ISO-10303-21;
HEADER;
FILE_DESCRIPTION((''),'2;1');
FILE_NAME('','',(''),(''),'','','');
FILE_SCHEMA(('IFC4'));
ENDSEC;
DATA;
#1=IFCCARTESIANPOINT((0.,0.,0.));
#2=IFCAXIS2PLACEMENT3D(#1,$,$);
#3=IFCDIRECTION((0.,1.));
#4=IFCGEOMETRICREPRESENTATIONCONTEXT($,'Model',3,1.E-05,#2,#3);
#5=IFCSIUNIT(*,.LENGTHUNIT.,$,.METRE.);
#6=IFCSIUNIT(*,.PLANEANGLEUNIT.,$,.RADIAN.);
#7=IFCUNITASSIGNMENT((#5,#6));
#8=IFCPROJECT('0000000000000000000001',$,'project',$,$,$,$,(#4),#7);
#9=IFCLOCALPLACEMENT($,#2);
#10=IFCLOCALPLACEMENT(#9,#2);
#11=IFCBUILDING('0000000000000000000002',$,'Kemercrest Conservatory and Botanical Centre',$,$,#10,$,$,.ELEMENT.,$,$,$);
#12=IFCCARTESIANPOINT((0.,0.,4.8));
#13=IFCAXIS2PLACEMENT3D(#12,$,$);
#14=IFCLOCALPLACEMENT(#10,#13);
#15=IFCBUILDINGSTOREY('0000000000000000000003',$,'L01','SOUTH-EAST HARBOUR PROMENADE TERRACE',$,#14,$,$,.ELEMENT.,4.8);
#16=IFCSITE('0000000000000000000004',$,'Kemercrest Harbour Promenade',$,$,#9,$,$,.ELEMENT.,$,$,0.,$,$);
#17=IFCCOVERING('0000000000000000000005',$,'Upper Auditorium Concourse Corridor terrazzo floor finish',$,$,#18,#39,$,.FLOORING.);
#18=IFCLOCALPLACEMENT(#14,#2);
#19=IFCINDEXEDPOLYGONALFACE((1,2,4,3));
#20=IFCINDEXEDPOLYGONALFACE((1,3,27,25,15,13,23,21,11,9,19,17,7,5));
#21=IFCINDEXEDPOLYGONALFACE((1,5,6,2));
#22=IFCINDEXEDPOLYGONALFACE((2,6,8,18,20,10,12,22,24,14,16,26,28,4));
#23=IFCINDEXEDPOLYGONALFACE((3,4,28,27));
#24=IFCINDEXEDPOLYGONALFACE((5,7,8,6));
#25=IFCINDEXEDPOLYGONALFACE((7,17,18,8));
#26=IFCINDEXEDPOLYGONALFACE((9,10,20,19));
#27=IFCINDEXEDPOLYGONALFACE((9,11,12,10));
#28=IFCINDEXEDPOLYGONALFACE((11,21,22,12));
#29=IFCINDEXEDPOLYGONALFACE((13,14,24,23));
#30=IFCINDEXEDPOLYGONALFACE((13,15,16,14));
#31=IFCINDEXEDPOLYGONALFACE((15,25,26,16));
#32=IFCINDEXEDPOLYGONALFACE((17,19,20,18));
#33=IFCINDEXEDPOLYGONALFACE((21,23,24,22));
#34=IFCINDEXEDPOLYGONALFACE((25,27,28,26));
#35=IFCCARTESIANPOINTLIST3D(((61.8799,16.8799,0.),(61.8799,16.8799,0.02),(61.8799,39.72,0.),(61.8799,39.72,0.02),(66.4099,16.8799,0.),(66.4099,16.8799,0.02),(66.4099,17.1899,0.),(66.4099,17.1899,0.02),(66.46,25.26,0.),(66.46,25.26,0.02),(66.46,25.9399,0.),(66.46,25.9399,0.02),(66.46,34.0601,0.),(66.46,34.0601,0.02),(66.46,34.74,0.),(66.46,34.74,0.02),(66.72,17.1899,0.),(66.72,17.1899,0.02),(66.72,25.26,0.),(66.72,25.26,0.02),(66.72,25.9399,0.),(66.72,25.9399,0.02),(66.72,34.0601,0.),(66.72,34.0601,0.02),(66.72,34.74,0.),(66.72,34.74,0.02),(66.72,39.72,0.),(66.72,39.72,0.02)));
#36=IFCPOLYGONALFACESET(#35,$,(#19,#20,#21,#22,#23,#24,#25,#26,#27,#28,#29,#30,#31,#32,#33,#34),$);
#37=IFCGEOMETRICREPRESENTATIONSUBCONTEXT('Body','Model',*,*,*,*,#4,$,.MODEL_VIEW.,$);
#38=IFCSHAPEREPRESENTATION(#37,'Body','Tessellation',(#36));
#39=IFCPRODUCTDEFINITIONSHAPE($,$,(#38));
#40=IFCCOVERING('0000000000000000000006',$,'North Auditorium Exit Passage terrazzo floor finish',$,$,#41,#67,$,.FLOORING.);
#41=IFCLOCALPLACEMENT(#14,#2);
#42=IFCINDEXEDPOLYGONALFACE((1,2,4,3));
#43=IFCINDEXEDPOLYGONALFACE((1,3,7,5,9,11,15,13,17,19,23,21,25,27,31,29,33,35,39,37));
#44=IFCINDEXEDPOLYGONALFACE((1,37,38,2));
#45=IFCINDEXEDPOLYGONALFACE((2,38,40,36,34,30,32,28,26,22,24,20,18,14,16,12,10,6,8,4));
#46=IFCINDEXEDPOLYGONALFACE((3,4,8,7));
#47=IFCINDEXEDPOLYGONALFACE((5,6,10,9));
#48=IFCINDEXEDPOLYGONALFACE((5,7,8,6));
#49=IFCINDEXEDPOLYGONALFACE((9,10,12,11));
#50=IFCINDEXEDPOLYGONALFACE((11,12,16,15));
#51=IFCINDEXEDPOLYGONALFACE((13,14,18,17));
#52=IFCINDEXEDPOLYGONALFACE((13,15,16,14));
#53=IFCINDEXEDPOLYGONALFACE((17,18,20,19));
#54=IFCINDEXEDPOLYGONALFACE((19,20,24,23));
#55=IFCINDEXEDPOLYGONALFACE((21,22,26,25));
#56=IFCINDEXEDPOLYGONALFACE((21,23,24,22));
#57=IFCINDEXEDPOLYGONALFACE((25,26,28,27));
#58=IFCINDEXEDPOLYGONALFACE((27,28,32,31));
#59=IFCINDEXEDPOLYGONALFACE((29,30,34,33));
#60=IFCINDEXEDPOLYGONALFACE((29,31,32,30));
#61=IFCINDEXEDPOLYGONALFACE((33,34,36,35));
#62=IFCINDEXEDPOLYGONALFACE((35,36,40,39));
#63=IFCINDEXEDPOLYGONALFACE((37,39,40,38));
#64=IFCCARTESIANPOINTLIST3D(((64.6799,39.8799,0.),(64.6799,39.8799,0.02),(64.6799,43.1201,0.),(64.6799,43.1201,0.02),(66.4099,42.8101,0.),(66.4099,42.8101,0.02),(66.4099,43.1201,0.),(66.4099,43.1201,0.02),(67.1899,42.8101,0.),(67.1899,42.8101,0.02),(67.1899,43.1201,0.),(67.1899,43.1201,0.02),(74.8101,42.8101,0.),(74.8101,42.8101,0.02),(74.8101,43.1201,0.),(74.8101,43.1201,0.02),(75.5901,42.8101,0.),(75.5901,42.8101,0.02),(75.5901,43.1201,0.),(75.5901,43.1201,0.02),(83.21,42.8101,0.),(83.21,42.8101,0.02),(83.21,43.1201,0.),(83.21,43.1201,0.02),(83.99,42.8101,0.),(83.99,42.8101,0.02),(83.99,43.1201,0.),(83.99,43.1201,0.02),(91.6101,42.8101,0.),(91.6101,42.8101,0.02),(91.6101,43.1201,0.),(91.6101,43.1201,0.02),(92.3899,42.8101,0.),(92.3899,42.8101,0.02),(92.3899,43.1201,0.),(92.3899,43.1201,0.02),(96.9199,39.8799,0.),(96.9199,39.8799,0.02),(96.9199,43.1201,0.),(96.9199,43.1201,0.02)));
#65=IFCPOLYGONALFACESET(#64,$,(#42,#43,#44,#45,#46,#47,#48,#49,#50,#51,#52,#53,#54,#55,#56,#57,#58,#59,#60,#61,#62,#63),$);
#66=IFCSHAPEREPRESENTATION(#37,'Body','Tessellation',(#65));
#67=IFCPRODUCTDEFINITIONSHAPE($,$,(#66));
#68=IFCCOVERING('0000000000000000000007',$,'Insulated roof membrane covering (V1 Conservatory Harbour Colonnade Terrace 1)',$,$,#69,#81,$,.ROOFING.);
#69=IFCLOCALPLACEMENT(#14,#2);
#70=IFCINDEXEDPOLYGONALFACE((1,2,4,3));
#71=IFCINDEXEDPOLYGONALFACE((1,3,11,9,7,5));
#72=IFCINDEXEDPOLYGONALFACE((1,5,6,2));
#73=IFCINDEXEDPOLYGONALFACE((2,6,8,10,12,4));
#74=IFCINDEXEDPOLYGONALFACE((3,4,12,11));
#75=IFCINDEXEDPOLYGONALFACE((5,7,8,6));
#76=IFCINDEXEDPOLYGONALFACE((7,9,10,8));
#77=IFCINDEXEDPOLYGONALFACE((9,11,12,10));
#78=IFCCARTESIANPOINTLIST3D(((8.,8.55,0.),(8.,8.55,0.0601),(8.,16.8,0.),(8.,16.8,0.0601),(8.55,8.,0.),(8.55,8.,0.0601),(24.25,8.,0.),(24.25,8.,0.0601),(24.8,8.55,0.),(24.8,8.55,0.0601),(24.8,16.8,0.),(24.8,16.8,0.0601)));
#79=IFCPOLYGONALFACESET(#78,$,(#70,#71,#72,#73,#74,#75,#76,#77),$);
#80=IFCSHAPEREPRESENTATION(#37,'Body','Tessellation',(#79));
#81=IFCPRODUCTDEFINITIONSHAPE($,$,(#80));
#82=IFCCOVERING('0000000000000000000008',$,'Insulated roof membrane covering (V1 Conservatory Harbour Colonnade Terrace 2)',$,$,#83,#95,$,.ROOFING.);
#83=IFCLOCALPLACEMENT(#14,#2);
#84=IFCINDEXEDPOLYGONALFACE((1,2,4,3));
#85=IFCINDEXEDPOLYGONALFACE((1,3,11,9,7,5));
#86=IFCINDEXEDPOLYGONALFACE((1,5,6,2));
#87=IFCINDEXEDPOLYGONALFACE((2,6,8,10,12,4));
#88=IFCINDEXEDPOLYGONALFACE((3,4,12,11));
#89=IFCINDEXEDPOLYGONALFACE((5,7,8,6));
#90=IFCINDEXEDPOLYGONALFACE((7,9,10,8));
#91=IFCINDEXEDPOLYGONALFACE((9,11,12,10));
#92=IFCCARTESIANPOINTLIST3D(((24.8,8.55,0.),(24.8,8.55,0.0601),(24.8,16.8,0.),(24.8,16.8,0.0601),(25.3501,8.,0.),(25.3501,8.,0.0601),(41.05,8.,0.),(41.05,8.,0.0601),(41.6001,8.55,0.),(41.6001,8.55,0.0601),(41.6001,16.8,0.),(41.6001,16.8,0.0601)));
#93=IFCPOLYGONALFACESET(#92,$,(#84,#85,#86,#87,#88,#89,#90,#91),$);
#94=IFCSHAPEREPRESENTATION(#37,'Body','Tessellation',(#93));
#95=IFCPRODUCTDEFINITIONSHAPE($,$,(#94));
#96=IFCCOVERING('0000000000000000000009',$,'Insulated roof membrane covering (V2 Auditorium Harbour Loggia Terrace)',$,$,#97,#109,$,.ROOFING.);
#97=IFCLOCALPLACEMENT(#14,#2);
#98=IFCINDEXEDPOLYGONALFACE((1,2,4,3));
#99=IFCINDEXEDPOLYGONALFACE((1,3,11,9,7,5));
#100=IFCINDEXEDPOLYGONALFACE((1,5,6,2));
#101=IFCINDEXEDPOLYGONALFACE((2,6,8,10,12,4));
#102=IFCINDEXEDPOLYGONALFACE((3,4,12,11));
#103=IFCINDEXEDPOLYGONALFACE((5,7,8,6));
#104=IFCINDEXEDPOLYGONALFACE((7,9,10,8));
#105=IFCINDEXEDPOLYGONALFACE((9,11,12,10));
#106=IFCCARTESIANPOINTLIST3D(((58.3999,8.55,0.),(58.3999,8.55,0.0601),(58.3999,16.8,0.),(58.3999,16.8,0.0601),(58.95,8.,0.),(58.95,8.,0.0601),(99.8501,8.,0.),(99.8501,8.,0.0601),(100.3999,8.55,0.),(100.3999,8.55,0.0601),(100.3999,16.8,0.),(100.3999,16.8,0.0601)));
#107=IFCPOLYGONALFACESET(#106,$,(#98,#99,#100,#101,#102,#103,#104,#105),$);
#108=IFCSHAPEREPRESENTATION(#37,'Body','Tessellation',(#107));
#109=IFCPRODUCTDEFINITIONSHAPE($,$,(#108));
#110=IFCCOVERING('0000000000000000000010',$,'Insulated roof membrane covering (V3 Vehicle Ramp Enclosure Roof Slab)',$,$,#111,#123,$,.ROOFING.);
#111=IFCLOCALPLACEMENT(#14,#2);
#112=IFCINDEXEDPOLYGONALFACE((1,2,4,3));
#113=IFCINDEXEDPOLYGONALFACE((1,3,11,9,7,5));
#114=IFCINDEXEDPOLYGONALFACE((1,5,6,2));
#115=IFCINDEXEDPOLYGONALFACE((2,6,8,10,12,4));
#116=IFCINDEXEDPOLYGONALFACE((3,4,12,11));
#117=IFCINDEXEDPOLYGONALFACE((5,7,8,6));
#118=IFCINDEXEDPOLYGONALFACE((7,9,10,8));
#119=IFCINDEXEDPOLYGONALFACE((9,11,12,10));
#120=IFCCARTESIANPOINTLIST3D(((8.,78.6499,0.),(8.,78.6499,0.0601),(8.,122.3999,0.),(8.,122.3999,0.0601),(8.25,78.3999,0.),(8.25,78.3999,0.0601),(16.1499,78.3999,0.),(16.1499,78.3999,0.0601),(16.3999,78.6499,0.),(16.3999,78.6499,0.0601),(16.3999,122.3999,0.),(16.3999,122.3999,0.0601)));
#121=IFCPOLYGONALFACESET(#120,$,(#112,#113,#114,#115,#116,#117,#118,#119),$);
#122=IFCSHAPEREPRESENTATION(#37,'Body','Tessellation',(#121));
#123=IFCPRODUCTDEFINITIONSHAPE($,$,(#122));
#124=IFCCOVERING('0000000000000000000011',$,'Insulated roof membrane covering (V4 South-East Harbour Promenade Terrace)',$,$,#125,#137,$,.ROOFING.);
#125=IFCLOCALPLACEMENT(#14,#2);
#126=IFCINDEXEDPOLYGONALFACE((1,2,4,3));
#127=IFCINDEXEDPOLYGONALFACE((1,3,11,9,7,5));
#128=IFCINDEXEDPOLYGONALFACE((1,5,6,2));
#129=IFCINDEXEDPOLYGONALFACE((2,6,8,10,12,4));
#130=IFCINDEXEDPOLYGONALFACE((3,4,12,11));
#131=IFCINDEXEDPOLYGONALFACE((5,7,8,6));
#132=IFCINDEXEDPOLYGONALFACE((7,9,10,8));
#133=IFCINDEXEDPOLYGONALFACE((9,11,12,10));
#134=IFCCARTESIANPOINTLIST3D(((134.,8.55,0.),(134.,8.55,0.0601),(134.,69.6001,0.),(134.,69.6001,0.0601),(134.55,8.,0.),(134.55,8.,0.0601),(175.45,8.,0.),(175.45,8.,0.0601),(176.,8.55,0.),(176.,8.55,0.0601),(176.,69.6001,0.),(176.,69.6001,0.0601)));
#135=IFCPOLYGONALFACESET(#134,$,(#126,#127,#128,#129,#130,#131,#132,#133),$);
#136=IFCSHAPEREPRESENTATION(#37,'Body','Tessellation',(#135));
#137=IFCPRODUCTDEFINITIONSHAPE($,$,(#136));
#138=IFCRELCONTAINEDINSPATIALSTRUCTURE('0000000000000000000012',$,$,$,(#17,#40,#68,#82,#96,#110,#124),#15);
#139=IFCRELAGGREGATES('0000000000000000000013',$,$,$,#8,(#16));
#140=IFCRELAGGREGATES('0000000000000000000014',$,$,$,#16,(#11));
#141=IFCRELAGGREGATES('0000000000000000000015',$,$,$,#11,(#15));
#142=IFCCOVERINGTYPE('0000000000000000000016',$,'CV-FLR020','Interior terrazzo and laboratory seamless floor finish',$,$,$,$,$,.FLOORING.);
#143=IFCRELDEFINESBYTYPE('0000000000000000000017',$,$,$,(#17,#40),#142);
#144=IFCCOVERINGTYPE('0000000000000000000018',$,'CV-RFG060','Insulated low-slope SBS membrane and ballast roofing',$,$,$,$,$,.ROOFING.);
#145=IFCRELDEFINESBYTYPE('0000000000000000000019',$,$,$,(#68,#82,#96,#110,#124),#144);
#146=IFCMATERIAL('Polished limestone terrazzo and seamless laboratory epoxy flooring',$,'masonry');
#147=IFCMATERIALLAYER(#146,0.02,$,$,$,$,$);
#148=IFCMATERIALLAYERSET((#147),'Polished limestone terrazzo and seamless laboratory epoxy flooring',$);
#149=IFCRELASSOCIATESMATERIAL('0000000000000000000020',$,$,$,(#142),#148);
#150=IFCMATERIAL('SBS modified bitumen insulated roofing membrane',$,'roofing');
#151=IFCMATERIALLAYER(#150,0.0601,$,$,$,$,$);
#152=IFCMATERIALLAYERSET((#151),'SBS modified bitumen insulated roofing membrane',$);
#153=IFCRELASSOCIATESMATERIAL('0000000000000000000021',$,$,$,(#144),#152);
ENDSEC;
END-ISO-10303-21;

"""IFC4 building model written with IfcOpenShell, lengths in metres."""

from ifc_helpers import new_model, si_unit, direction, frame, origin, place, context, subcontext, project, spatial, polyline, outline, extrude, material, layer, layer_set, type_object, element, save


model = new_model("IFC4")

# Units and contexts
model_context = context("Model", 3, precision=1e-05, world=origin(), true_north=direction((0.0, 1.0)))
body_context = subcontext(model_context, "Body", "Model", "MODEL_VIEW")
ifc_project = project(units=[si_unit("LENGTHUNIT", "METRE"), si_unit("PLANEANGLEUNIT", "RADIAN")], contexts=[model_context])

# Site, building, storey
site_placement = place(None, origin())
site = spatial("IfcSite", under=ifc_project, at=site_placement, Name="Kemercrest Harbour Promenade", CompositionType="ELEMENT", RefElevation=0.0)
building_placement = place(site_placement, origin())
building = spatial("IfcBuilding", under=site, at=building_placement, Name="Kemercrest Conservatory and Botanical Centre", CompositionType="ELEMENT")
storey_placement = place(building_placement, frame((0.0, 0.0, 4.8)))
storey = spatial("IfcBuildingStorey", under=building, at=storey_placement, Name="L01", Description="SOUTH-EAST HARBOUR PROMENADE TERRACE", CompositionType="ELEMENT", Elevation=4.8)

# Coverings
ifc_material_1 = material(Name="Polished limestone terrazzo and seamless laboratory epoxy flooring", Category="masonry")
ifc_layer_1 = layer(ifc_material_1, 0.02)
ifc_layer_set_1 = layer_set([ifc_layer_1], Name="Polished limestone terrazzo and seamless laboratory epoxy flooring")
covering_type_1 = type_object("IfcCoveringType", Name="CV-FLR020", Description="Interior terrazzo and laboratory seamless floor finish", PredefinedType="FLOORING", material=ifc_layer_set_1)
covering_1_placement = place(storey_placement, origin())
element("IfcCovering", 1, at=covering_1_placement, inside=storey, type_object=covering_type_1, Name="Upper Auditorium Concourse Corridor terrazzo floor finish", PredefinedType="FLOORING", context=body_context, shape_type="SweptSolid", body=[
    extrude(outline(polyline([(61.8799, 16.8799), (66.4099, 16.8799), (66.4099, 17.1899), (66.72, 17.1899), (66.72, 25.26), (66.46, 25.26), (66.46, 25.9399), (66.72, 25.9399), (66.72, 34.0601), (66.46, 34.0601), (66.46, 34.74), (66.72, 34.74), (66.72, 39.72), (61.8799, 39.72), (61.8799, 16.8799)])), origin(), (0.0, 0.0, 1.0), 0.02),
])
covering_2_placement = place(storey_placement, origin())
element("IfcCovering", 2, at=covering_2_placement, inside=storey, type_object=covering_type_1, Name="North Auditorium Exit Passage terrazzo floor finish", PredefinedType="FLOORING", context=body_context, shape_type="SweptSolid", body=[
    extrude(outline(polyline([(64.6799, 39.8799), (96.9199, 39.8799), (96.9199, 43.1201), (92.3899, 43.1201), (92.3899, 42.8101), (91.6101, 42.8101), (91.6101, 43.1201), (83.99, 43.1201), (83.99, 42.8101), (83.21, 42.8101), (83.21, 43.1201), (75.5901, 43.1201), (75.5901, 42.8101), (74.8101, 42.8101), (74.8101, 43.1201), (67.1899, 43.1201), (67.1899, 42.8101), (66.4099, 42.8101), (66.4099, 43.1201), (64.6799, 43.1201), (64.6799, 39.8799)])), origin(), (0.0, 0.0, 1.0), 0.02),
])
ifc_material_2 = material(Name="SBS modified bitumen insulated roofing membrane", Category="roofing")
ifc_layer_2 = layer(ifc_material_2, 0.0601)
ifc_layer_set_2 = layer_set([ifc_layer_2], Name="SBS modified bitumen insulated roofing membrane")
covering_type_2 = type_object("IfcCoveringType", Name="CV-RFG060", Description="Insulated low-slope SBS membrane and ballast roofing", PredefinedType="ROOFING", material=ifc_layer_set_2)
covering_3_placement = place(storey_placement, origin())
element("IfcCovering", 3, at=covering_3_placement, inside=storey, type_object=covering_type_2, Name="Insulated roof membrane covering (V1 Conservatory Harbour Colonnade Terrace 1)", PredefinedType="ROOFING", context=body_context, shape_type="SweptSolid", body=[
    extrude(outline(polyline([(8.55, 8.0), (24.25, 8.0), (24.8, 8.55), (24.8, 16.8), (8.0, 16.8), (8.0, 8.55), (8.55, 8.0)])), origin(), (0.0, 0.0, 1.0), 0.0601),
])
covering_4_placement = place(storey_placement, origin())
element("IfcCovering", 4, at=covering_4_placement, inside=storey, type_object=covering_type_2, Name="Insulated roof membrane covering (V1 Conservatory Harbour Colonnade Terrace 2)", PredefinedType="ROOFING", context=body_context, shape_type="SweptSolid", body=[
    extrude(outline(polyline([(25.3501, 8.0), (41.05, 8.0), (41.6001, 8.55), (41.6001, 16.8), (24.8, 16.8), (24.8, 8.55), (25.3501, 8.0)])), origin(), (0.0, 0.0, 1.0), 0.0601),
])
covering_5_placement = place(storey_placement, origin())
element("IfcCovering", 5, at=covering_5_placement, inside=storey, type_object=covering_type_2, Name="Insulated roof membrane covering (V2 Auditorium Harbour Loggia Terrace)", PredefinedType="ROOFING", context=body_context, shape_type="SweptSolid", body=[
    extrude(outline(polyline([(58.95, 8.0), (99.8501, 8.0), (100.3999, 8.55), (100.3999, 16.8), (58.3999, 16.8), (58.3999, 8.55), (58.95, 8.0)])), origin(), (0.0, 0.0, 1.0), 0.0601),
])
covering_6_placement = place(storey_placement, origin())
element("IfcCovering", 6, at=covering_6_placement, inside=storey, type_object=covering_type_2, Name="Insulated roof membrane covering (V3 Vehicle Ramp Enclosure Roof Slab)", PredefinedType="ROOFING", context=body_context, shape_type="SweptSolid", body=[
    extrude(outline(polyline([(8.25, 78.3999), (16.1499, 78.3999), (16.3999, 78.6499), (16.3999, 122.3999), (8.0, 122.3999), (8.0, 78.6499), (8.25, 78.3999)])), origin(), (0.0, 0.0, 1.0), 0.0601),
])
covering_7_placement = place(storey_placement, origin())
element("IfcCovering", 7, at=covering_7_placement, inside=storey, type_object=covering_type_2, Name="Insulated roof membrane covering (V4 South-East Harbour Promenade Terrace)", PredefinedType="ROOFING", context=body_context, shape_type="SweptSolid", body=[
    extrude(outline(polyline([(134.55, 8.0), (175.45, 8.0), (176.0, 8.55), (176.0, 69.6001), (134.0, 69.6001), (134.0, 8.55), (134.55, 8.0)])), origin(), (0.0, 0.0, 1.0), 0.0601),
])

save(model, "model.ifc")
